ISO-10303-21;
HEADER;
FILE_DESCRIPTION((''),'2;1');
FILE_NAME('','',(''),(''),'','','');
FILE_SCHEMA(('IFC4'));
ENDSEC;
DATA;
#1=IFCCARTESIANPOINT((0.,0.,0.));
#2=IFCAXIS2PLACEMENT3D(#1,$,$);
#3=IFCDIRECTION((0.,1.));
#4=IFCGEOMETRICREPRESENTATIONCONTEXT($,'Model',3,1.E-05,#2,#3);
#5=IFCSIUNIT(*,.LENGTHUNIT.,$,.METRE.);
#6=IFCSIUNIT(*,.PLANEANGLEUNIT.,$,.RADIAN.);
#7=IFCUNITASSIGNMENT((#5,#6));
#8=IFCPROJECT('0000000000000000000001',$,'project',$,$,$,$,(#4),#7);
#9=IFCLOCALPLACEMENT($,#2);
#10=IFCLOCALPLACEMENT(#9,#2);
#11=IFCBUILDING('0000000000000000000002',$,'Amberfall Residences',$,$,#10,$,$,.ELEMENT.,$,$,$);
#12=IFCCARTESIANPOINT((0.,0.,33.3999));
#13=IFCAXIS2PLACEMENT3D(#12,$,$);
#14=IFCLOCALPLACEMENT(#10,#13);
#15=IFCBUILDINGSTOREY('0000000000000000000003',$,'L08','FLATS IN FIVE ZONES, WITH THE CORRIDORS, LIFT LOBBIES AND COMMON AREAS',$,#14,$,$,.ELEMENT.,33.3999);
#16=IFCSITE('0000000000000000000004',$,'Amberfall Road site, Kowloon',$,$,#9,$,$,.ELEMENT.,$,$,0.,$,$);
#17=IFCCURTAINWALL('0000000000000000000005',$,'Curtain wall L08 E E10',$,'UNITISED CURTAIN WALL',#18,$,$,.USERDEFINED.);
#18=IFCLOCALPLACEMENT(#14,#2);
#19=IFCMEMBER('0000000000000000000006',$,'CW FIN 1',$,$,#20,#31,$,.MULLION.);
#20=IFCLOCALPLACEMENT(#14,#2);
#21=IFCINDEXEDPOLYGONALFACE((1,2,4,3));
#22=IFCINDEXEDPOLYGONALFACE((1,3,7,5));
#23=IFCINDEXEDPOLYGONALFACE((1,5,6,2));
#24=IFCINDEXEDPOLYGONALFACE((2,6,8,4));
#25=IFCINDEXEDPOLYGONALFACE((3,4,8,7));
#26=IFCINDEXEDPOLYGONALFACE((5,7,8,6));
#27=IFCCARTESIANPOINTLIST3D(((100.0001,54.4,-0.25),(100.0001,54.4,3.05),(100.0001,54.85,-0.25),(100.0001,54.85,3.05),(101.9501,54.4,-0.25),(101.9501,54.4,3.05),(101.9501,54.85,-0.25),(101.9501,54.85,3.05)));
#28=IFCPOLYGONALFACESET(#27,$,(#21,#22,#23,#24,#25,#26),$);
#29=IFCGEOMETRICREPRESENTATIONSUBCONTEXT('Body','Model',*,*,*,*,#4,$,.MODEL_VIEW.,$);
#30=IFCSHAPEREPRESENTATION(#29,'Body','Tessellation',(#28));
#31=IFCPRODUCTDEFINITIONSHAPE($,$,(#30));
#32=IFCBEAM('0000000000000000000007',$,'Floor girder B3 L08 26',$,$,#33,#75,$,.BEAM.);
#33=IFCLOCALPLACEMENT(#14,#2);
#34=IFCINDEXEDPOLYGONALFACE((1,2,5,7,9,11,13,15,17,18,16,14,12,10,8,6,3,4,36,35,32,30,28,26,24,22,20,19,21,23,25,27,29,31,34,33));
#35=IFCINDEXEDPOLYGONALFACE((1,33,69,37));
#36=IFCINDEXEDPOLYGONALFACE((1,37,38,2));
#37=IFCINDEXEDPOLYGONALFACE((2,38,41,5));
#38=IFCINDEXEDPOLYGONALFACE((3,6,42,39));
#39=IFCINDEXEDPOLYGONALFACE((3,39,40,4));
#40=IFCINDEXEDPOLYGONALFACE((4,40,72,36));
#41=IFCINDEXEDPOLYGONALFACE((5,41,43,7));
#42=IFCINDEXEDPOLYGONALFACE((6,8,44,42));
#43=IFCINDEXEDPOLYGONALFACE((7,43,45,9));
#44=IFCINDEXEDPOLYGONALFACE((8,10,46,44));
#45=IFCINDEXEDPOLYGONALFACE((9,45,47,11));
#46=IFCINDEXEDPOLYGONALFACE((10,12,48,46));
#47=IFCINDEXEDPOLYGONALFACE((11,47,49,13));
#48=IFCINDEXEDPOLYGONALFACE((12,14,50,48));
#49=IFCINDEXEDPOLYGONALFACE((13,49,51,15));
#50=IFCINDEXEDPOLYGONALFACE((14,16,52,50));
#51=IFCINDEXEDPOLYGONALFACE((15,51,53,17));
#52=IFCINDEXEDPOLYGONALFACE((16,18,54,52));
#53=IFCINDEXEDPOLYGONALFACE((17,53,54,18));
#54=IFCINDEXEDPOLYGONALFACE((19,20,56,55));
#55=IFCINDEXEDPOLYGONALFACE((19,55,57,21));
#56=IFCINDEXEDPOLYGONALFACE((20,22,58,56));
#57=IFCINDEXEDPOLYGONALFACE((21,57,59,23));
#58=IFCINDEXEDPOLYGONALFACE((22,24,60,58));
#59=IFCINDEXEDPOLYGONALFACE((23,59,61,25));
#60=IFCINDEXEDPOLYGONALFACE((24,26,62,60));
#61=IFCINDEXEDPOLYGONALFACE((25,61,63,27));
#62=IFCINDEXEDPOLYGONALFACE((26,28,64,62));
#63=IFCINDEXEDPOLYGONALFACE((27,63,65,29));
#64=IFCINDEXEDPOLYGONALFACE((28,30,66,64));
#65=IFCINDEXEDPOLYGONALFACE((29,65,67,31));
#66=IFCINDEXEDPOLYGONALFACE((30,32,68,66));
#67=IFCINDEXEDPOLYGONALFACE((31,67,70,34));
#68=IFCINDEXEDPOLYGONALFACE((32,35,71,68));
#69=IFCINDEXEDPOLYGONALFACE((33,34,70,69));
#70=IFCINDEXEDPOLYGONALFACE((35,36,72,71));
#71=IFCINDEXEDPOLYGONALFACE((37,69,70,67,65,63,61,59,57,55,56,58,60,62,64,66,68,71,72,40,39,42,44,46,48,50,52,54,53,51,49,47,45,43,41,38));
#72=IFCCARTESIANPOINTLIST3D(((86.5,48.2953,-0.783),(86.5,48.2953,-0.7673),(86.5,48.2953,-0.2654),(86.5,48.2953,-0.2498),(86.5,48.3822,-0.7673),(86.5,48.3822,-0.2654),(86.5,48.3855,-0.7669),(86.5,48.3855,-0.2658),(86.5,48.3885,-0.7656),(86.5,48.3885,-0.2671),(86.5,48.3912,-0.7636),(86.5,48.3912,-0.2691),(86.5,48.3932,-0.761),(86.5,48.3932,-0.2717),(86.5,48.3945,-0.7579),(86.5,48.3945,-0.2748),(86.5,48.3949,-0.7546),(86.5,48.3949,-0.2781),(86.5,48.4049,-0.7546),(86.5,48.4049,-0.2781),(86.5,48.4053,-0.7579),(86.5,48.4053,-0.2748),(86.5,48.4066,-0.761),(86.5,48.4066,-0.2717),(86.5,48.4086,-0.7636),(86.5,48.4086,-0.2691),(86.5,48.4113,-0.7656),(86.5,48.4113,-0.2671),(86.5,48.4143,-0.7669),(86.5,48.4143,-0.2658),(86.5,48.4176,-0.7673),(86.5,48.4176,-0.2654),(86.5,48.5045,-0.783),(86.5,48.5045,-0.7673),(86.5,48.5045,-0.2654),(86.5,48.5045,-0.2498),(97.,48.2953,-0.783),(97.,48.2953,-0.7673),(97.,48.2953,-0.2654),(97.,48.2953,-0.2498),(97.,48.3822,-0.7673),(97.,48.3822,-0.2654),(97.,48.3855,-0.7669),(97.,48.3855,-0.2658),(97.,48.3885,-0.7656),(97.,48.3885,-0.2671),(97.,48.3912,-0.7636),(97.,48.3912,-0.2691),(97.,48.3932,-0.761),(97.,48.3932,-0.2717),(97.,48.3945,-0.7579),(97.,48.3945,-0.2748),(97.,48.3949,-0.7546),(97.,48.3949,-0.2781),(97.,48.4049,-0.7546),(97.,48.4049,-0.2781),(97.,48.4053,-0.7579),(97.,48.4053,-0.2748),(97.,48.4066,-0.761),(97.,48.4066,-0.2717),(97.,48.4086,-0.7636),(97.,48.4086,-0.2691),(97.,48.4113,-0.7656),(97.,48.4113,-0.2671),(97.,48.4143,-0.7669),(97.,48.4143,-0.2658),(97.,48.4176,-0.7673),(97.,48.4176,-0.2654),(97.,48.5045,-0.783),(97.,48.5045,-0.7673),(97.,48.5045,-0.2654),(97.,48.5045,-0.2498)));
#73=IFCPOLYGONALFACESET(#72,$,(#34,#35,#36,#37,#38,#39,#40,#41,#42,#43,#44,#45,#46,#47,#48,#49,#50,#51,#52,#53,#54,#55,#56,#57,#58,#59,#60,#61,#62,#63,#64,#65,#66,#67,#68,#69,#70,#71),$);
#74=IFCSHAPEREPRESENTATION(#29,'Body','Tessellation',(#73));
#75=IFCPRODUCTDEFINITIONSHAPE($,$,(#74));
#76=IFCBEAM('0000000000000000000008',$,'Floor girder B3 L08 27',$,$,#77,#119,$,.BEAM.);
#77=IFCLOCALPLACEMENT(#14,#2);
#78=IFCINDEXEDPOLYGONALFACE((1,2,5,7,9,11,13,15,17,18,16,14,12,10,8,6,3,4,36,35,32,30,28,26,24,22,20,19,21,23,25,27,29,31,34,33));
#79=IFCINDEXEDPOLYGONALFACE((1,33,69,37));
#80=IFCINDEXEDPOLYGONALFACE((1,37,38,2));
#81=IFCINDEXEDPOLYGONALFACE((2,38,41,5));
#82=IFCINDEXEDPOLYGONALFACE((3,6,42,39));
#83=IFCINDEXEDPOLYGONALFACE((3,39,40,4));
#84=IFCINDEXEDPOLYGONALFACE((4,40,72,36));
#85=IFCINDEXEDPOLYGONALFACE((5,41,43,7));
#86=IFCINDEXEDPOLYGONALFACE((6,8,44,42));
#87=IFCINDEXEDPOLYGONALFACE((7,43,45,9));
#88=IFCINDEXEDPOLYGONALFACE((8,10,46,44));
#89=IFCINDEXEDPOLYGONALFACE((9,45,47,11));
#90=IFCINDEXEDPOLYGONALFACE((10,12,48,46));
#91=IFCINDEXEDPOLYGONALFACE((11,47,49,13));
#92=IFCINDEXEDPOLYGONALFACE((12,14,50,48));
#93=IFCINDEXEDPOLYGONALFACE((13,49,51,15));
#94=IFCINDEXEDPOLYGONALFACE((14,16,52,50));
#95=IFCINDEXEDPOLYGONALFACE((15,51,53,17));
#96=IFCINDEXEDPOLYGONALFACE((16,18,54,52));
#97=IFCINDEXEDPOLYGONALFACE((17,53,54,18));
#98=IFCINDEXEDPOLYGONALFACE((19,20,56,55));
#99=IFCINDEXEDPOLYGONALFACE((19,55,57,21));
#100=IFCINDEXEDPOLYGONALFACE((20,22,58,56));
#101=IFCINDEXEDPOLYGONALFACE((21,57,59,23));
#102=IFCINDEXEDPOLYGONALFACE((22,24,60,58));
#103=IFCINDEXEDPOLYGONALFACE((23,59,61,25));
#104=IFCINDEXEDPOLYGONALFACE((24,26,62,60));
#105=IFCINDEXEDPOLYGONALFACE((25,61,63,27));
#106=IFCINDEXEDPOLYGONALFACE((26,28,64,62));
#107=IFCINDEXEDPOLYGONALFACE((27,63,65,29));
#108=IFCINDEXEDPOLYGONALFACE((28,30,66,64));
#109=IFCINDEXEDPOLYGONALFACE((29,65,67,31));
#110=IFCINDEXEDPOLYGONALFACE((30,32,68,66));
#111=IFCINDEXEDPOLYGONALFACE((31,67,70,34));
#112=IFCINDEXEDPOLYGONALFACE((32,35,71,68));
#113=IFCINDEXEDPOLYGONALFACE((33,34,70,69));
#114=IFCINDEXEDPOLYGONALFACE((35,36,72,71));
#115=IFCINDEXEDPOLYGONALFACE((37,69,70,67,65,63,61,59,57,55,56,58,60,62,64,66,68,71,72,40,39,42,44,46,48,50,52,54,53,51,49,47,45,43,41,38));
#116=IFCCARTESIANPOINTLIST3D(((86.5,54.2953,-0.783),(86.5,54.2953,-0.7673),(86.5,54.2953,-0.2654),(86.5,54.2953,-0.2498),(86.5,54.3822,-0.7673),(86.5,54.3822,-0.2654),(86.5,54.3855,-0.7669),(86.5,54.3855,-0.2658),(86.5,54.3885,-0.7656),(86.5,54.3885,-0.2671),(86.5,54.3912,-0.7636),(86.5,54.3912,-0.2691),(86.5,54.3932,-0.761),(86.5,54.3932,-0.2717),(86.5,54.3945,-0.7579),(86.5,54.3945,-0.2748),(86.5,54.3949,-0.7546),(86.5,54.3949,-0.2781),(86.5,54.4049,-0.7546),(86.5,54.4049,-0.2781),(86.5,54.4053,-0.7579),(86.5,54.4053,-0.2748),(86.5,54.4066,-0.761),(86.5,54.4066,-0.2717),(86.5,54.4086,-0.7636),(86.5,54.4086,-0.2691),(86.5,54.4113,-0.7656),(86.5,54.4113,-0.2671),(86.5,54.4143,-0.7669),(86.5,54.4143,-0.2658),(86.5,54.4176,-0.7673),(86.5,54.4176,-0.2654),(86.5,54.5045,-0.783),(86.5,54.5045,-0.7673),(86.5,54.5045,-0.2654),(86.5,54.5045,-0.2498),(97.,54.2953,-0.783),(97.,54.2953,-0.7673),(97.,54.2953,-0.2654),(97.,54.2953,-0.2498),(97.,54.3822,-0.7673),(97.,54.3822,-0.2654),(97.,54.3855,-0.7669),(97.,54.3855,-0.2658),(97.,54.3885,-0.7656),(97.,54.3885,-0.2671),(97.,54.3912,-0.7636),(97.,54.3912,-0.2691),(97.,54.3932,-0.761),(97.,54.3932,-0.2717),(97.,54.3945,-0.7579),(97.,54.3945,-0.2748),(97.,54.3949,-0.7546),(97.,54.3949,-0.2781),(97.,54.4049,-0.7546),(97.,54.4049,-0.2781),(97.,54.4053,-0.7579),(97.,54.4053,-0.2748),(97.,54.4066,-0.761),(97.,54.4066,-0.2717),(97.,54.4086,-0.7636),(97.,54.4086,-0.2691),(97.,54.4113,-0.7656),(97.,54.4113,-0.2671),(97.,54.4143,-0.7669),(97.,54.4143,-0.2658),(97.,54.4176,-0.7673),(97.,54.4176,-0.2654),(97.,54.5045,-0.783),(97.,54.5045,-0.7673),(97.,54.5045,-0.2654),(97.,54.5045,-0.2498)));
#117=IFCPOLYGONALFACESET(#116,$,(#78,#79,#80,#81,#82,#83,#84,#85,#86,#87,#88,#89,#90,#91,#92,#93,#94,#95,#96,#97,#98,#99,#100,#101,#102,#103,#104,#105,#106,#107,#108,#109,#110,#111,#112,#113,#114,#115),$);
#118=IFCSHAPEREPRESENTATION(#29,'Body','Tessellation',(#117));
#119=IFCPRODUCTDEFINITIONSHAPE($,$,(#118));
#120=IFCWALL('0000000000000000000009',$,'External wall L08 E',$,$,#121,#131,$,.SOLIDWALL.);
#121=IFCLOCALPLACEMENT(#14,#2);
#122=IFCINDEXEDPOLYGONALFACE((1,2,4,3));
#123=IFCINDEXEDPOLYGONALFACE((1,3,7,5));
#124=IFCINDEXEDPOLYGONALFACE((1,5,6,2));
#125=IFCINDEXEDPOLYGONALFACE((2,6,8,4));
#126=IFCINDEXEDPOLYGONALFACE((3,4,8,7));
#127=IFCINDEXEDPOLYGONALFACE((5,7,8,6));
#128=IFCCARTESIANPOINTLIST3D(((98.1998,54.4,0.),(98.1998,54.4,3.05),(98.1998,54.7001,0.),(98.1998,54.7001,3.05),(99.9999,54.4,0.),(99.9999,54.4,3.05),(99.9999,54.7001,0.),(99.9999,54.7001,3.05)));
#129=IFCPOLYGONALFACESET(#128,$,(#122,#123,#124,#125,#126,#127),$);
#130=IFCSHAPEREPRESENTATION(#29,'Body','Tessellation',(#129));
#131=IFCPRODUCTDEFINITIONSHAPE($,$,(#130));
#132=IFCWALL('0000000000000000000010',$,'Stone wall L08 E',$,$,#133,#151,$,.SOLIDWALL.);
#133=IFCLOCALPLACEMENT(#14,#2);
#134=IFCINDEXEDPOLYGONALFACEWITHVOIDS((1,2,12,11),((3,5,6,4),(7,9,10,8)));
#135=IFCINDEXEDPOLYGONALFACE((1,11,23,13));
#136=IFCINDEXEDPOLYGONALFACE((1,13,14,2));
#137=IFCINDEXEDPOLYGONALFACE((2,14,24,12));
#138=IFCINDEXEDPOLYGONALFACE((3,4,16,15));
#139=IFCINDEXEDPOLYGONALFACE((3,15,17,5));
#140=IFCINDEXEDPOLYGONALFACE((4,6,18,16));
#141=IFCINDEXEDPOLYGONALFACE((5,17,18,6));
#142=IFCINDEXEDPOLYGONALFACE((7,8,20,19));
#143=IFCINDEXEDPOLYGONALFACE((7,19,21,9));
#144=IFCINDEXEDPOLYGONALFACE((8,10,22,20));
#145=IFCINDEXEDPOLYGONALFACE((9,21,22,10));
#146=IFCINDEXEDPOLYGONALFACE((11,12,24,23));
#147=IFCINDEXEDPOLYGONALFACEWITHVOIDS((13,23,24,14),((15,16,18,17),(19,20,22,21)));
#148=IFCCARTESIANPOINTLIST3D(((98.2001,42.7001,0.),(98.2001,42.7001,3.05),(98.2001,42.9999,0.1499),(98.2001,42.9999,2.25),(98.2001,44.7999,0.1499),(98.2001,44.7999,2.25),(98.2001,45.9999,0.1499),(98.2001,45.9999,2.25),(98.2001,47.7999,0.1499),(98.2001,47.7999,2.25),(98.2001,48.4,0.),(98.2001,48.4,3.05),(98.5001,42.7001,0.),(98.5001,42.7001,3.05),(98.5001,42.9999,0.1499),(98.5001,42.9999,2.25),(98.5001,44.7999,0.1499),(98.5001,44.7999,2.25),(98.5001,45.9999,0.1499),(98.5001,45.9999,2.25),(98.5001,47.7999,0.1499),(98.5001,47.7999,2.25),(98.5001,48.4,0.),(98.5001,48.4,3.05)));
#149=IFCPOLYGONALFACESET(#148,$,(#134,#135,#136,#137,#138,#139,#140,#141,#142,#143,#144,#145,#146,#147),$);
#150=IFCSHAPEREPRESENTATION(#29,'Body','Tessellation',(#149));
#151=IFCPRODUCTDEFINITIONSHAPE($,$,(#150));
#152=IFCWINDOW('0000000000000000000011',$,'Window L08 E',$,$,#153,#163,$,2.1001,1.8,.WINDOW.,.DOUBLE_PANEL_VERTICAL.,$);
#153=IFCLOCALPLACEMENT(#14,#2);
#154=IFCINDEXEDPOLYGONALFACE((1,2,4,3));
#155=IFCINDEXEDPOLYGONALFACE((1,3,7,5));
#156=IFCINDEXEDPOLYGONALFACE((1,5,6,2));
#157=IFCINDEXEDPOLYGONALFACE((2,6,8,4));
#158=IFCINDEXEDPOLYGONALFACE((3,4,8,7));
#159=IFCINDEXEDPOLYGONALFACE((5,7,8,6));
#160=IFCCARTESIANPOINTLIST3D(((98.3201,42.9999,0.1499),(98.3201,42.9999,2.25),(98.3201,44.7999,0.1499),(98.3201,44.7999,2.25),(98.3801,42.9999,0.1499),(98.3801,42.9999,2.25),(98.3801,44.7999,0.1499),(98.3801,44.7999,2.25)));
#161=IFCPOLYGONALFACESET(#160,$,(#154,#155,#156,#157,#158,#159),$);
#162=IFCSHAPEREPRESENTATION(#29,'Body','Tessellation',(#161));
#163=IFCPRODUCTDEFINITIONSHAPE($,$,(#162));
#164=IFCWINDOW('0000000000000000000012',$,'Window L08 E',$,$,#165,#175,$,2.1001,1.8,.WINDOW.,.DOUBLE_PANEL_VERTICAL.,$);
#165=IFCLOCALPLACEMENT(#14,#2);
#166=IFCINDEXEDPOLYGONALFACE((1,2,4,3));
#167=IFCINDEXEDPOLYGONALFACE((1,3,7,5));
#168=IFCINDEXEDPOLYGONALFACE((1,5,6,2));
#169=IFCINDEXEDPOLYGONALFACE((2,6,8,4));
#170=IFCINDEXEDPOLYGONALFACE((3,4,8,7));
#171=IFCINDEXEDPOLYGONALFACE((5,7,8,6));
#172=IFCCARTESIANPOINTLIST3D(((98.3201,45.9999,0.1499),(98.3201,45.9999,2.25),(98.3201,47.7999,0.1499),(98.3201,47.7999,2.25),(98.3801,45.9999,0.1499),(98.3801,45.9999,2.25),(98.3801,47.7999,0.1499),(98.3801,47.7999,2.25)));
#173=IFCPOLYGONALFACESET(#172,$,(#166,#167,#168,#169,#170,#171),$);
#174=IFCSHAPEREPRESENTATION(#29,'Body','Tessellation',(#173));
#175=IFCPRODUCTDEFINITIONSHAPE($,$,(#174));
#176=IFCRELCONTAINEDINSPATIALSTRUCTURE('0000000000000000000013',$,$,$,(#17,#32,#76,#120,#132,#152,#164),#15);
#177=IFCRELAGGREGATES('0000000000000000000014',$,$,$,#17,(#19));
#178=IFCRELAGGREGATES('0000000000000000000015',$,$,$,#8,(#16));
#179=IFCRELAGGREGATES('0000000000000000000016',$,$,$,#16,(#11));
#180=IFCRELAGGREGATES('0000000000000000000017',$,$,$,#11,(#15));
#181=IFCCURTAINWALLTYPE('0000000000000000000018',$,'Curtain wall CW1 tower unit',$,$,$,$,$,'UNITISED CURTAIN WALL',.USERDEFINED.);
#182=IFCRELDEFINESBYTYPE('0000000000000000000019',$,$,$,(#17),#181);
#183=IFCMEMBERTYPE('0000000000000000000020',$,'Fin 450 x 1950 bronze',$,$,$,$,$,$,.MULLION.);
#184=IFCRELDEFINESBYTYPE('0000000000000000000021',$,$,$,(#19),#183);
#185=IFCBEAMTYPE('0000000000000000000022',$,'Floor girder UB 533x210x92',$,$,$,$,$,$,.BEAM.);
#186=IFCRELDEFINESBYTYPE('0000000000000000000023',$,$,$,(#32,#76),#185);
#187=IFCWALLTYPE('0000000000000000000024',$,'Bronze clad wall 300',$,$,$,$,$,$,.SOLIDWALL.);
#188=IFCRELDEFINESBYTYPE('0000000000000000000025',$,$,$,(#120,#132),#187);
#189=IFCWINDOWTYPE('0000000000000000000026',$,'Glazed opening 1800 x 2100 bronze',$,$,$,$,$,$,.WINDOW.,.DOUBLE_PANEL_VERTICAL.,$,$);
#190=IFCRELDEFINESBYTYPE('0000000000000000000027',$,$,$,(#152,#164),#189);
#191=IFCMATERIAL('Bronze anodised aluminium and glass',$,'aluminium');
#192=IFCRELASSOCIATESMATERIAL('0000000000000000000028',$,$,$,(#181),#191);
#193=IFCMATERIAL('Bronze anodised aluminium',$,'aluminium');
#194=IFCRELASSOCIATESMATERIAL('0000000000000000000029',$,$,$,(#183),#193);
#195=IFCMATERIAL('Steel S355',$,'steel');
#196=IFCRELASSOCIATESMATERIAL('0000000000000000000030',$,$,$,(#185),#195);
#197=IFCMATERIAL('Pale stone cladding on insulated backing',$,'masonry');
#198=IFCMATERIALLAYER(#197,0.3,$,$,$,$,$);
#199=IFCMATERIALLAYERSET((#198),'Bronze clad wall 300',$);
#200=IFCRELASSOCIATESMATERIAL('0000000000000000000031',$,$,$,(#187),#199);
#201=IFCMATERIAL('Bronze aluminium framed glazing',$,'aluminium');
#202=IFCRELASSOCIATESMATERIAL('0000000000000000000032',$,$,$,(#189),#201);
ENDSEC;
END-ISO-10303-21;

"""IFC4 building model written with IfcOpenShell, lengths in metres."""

from ifc_helpers import new_model, si_unit, direction, frame, frame_2d, origin, origin_2d, place, context, subcontext, project, spatial, rectangle, i_section, extrude, material, layer, layer_set, material_profile, profile_set, type_object, element, fill, aggregate, save


model = new_model("IFC4")

# Units and contexts
model_context = context("Model", 3, precision=1e-05, world=origin(), true_north=direction((0.0, 1.0)))
body_context = subcontext(model_context, "Body", "Model", "MODEL_VIEW")
ifc_project = project(units=[si_unit("LENGTHUNIT", "METRE"), si_unit("PLANEANGLEUNIT", "RADIAN")], contexts=[model_context])

# Site, building, storey
site_placement = place(None, origin())
site = spatial("IfcSite", under=ifc_project, at=site_placement, Name="Amberfall Road site, Kowloon", CompositionType="ELEMENT", RefElevation=0.0)
building_placement = place(site_placement, origin())
building = spatial("IfcBuilding", under=site, at=building_placement, Name="Amberfall Residences", CompositionType="ELEMENT")
storey_placement = place(building_placement, frame((0.0, 0.0, 33.3999)))
storey = spatial("IfcBuildingStorey", under=building, at=storey_placement, Name="L08", Description="FLATS IN FIVE ZONES, WITH THE CORRIDORS, LIFT LOBBIES AND COMMON AREAS", CompositionType="ELEMENT", Elevation=33.3999)

# Curtain wall
ifc_material_1 = material(Name="Bronze anodised aluminium and glass", Category="aluminium")
curtain_wall_type = type_object("IfcCurtainWallType", Name="Curtain wall CW1 tower unit", ElementType="UNITISED CURTAIN WALL", PredefinedType="USERDEFINED", material=ifc_material_1)
curtain_wall_placement = place(storey_placement, origin())
curtain_wall = element("IfcCurtainWall", 1, at=curtain_wall_placement, inside=storey, type_object=curtain_wall_type, Name="Curtain wall L08 E E10", ObjectType="UNITISED CURTAIN WALL", PredefinedType="USERDEFINED")
ifc_material_2 = material(Name="Bronze anodised aluminium", Category="aluminium")

# Shared definitions
ifc_material_3 = material(Name="Steel S355", Category="steel")

# Member
ifc_material_profile_1 = material_profile(ifc_material_2, rectangle(XDim=1.95, YDim=0.45, at=origin_2d()), Name="Fin 450 x 1950 bronze")
ifc_profile_set_1 = profile_set([ifc_material_profile_1], Name="Bronze anodised aluminium")
member_type_1 = type_object("IfcMemberType", Name="Fin 450 x 1950 bronze", PredefinedType="MULLION", material=ifc_profile_set_1)
member_1_placement = place(storey_placement, frame((100.9751, 54.625, -0.25), z_axis=(0.0, 0.0, 1.0), x_axis=(-1.0, 0.0, 0.0)))
member_1 = element("IfcMember", 2, at=member_1_placement, type_object=member_type_1, Name="CW FIN 1", PredefinedType="MULLION", context=body_context, shape_type="SweptSolid", body=[
    extrude(rectangle(XDim=1.95, YDim=0.45, at=origin_2d()), origin(), (0.0, 0.0, 1.0), 3.3),
])
aggregate(curtain_wall, [member_1])

# Beams
ifc_material_profile_2 = material_profile(ifc_material_3, i_section(OverallWidth=0.2092, OverallDepth=0.5332, WebThickness=0.01, FlangeThickness=0.0156, FilletRadius=0.0127, at=origin_2d()), Name="UB 533x210x92")
ifc_profile_set_2 = profile_set([ifc_material_profile_2], Name="Steel S355")
beam_type_1 = type_object("IfcBeamType", Name="Floor girder UB 533x210x92", PredefinedType="BEAM", material=ifc_profile_set_2)
for number, where, z_axis, x_axis, name in (
    (3, (97.0, 48.3999, -0.5164), (-1.0, 0.0, 0.0), (0.0, -1.0, 0.0), "Floor girder B3 L08 26"),
    (4, (97.0, 54.3999, -0.5164), (-1.0, 0.0, 0.0), (0.0, -1.0, 0.0), "Floor girder B3 L08 27"),
):
    element("IfcBeam", number, at=place(storey_placement, frame(where, z_axis=z_axis, x_axis=x_axis)), inside=storey, type_object=beam_type_1, Name=name, PredefinedType="BEAM", context=body_context, shape_type="SweptSolid", body=[
        extrude(i_section(OverallWidth=0.2092, OverallDepth=0.5332, WebThickness=0.01, FlangeThickness=0.0156, FilletRadius=0.0127, at=origin_2d()), origin(), (0.0, 0.0, 1.0), 10.5),
    ])

# Wall
ifc_material_4 = material(Name="Pale stone cladding on insulated backing", Category="masonry")
ifc_layer_1 = layer(ifc_material_4, 0.3)
ifc_layer_set_1 = layer_set([ifc_layer_1], Name="Bronze clad wall 300")
wall_type_1 = type_object("IfcWallType", Name="Bronze clad wall 300", PredefinedType="SOLIDWALL", material=ifc_layer_set_1)
wall_1_placement = place(storey_placement, frame((98.2, 54.55, 0.0), z_axis=(0.0, 0.0, 1.0), x_axis=(1.0, 0.0, 0.0)))
element("IfcWall", 5, at=wall_1_placement, inside=storey, type_object=wall_type_1, Name="External wall L08 E", PredefinedType="SOLIDWALL", context=body_context, shape_type="SweptSolid", body=[
    extrude(rectangle(XDim=1.8, YDim=0.3, at=frame_2d((0.8999, 0.0))), origin(), (0.0, 0.0, 1.0), 3.05),
])

# Wall, openings, windows
wall_2_placement = place(storey_placement, frame((98.3501, 42.7, 0.0), z_axis=(0.0, 0.0, 1.0), x_axis=(0.0, 1.0, 0.0)))
wall_2 = element("IfcWall", 6, at=wall_2_placement, inside=storey, type_object=wall_type_1, Name="Stone wall L08 E", PredefinedType="SOLIDWALL", context=body_context, shape_type="SweptSolid", body=[
    extrude(rectangle(XDim=5.7, YDim=0.3, at=frame_2d((2.8501, 0.0))), origin(), (0.0, 0.0, 1.0), 3.05),
])
opening_1_placement = place(wall_2_placement, frame((0.3, 0.0, 0.1499)))
opening_1 = element("IfcOpeningElement", 7, at=opening_1_placement, cuts=wall_2, PredefinedType="OPENING", context=body_context, shape_type="SweptSolid", body=[
    extrude(rectangle(XDim=1.8, YDim=2.1001, at=frame_2d((0.8999, 1.05))), frame((0.0, 0.1599, 0.0), z_axis=(0.0, -1.0, 0.0), x_axis=(1.0, 0.0, 0.0)), (0.0, 0.0, 1.0), 0.3201),
])
opening_2_placement = place(wall_2_placement, frame((3.3, 0.0, 0.1499)))
opening_2 = element("IfcOpeningElement", 8, at=opening_2_placement, cuts=wall_2, PredefinedType="OPENING", context=body_context, shape_type="SweptSolid", body=[
    extrude(rectangle(XDim=1.8, YDim=2.1001, at=frame_2d((0.8999, 1.05))), frame((0.0, 0.1599, 0.0), z_axis=(0.0, -1.0, 0.0), x_axis=(1.0, 0.0, 0.0)), (0.0, 0.0, 1.0), 0.3201),
])
ifc_material_5 = material(Name="Bronze aluminium framed glazing", Category="aluminium")
window_type = type_object("IfcWindowType", Name="Glazed opening 1800 x 2100 bronze", PartitioningType="DOUBLE_PANEL_VERTICAL", PredefinedType="WINDOW", material=ifc_material_5)
window_1_placement = place(opening_1_placement, origin())
window_1 = element("IfcWindow", 9, at=window_1_placement, inside=storey, type_object=window_type, Name="Window L08 E", OverallHeight=2.1001, OverallWidth=1.8, PartitioningType="DOUBLE_PANEL_VERTICAL", PredefinedType="WINDOW", context=body_context, shape_type="SweptSolid", body=[
    extrude(rectangle(XDim=1.8, YDim=2.1001, at=frame_2d((0.8999, 1.05))), frame((0.0, 0.03, 0.0), z_axis=(0.0, -1.0, 0.0), x_axis=(1.0, 0.0, 0.0)), (0.0, 0.0, 1.0), 0.0601),
])
fill(opening_1, window_1)
window_2_placement = place(opening_2_placement, origin())
window_2 = element("IfcWindow", 10, at=window_2_placement, inside=storey, type_object=window_type, Name="Window L08 E", OverallHeight=2.1001, OverallWidth=1.8, PartitioningType="DOUBLE_PANEL_VERTICAL", PredefinedType="WINDOW", context=body_context, shape_type="SweptSolid", body=[
    extrude(rectangle(XDim=1.8, YDim=2.1001, at=frame_2d((0.8999, 1.05))), frame((0.0, 0.03, 0.0), z_axis=(0.0, -1.0, 0.0), x_axis=(1.0, 0.0, 0.0)), (0.0, 0.0, 1.0), 0.0601),
])
fill(opening_2, window_2)

save(model, "model.ifc")
